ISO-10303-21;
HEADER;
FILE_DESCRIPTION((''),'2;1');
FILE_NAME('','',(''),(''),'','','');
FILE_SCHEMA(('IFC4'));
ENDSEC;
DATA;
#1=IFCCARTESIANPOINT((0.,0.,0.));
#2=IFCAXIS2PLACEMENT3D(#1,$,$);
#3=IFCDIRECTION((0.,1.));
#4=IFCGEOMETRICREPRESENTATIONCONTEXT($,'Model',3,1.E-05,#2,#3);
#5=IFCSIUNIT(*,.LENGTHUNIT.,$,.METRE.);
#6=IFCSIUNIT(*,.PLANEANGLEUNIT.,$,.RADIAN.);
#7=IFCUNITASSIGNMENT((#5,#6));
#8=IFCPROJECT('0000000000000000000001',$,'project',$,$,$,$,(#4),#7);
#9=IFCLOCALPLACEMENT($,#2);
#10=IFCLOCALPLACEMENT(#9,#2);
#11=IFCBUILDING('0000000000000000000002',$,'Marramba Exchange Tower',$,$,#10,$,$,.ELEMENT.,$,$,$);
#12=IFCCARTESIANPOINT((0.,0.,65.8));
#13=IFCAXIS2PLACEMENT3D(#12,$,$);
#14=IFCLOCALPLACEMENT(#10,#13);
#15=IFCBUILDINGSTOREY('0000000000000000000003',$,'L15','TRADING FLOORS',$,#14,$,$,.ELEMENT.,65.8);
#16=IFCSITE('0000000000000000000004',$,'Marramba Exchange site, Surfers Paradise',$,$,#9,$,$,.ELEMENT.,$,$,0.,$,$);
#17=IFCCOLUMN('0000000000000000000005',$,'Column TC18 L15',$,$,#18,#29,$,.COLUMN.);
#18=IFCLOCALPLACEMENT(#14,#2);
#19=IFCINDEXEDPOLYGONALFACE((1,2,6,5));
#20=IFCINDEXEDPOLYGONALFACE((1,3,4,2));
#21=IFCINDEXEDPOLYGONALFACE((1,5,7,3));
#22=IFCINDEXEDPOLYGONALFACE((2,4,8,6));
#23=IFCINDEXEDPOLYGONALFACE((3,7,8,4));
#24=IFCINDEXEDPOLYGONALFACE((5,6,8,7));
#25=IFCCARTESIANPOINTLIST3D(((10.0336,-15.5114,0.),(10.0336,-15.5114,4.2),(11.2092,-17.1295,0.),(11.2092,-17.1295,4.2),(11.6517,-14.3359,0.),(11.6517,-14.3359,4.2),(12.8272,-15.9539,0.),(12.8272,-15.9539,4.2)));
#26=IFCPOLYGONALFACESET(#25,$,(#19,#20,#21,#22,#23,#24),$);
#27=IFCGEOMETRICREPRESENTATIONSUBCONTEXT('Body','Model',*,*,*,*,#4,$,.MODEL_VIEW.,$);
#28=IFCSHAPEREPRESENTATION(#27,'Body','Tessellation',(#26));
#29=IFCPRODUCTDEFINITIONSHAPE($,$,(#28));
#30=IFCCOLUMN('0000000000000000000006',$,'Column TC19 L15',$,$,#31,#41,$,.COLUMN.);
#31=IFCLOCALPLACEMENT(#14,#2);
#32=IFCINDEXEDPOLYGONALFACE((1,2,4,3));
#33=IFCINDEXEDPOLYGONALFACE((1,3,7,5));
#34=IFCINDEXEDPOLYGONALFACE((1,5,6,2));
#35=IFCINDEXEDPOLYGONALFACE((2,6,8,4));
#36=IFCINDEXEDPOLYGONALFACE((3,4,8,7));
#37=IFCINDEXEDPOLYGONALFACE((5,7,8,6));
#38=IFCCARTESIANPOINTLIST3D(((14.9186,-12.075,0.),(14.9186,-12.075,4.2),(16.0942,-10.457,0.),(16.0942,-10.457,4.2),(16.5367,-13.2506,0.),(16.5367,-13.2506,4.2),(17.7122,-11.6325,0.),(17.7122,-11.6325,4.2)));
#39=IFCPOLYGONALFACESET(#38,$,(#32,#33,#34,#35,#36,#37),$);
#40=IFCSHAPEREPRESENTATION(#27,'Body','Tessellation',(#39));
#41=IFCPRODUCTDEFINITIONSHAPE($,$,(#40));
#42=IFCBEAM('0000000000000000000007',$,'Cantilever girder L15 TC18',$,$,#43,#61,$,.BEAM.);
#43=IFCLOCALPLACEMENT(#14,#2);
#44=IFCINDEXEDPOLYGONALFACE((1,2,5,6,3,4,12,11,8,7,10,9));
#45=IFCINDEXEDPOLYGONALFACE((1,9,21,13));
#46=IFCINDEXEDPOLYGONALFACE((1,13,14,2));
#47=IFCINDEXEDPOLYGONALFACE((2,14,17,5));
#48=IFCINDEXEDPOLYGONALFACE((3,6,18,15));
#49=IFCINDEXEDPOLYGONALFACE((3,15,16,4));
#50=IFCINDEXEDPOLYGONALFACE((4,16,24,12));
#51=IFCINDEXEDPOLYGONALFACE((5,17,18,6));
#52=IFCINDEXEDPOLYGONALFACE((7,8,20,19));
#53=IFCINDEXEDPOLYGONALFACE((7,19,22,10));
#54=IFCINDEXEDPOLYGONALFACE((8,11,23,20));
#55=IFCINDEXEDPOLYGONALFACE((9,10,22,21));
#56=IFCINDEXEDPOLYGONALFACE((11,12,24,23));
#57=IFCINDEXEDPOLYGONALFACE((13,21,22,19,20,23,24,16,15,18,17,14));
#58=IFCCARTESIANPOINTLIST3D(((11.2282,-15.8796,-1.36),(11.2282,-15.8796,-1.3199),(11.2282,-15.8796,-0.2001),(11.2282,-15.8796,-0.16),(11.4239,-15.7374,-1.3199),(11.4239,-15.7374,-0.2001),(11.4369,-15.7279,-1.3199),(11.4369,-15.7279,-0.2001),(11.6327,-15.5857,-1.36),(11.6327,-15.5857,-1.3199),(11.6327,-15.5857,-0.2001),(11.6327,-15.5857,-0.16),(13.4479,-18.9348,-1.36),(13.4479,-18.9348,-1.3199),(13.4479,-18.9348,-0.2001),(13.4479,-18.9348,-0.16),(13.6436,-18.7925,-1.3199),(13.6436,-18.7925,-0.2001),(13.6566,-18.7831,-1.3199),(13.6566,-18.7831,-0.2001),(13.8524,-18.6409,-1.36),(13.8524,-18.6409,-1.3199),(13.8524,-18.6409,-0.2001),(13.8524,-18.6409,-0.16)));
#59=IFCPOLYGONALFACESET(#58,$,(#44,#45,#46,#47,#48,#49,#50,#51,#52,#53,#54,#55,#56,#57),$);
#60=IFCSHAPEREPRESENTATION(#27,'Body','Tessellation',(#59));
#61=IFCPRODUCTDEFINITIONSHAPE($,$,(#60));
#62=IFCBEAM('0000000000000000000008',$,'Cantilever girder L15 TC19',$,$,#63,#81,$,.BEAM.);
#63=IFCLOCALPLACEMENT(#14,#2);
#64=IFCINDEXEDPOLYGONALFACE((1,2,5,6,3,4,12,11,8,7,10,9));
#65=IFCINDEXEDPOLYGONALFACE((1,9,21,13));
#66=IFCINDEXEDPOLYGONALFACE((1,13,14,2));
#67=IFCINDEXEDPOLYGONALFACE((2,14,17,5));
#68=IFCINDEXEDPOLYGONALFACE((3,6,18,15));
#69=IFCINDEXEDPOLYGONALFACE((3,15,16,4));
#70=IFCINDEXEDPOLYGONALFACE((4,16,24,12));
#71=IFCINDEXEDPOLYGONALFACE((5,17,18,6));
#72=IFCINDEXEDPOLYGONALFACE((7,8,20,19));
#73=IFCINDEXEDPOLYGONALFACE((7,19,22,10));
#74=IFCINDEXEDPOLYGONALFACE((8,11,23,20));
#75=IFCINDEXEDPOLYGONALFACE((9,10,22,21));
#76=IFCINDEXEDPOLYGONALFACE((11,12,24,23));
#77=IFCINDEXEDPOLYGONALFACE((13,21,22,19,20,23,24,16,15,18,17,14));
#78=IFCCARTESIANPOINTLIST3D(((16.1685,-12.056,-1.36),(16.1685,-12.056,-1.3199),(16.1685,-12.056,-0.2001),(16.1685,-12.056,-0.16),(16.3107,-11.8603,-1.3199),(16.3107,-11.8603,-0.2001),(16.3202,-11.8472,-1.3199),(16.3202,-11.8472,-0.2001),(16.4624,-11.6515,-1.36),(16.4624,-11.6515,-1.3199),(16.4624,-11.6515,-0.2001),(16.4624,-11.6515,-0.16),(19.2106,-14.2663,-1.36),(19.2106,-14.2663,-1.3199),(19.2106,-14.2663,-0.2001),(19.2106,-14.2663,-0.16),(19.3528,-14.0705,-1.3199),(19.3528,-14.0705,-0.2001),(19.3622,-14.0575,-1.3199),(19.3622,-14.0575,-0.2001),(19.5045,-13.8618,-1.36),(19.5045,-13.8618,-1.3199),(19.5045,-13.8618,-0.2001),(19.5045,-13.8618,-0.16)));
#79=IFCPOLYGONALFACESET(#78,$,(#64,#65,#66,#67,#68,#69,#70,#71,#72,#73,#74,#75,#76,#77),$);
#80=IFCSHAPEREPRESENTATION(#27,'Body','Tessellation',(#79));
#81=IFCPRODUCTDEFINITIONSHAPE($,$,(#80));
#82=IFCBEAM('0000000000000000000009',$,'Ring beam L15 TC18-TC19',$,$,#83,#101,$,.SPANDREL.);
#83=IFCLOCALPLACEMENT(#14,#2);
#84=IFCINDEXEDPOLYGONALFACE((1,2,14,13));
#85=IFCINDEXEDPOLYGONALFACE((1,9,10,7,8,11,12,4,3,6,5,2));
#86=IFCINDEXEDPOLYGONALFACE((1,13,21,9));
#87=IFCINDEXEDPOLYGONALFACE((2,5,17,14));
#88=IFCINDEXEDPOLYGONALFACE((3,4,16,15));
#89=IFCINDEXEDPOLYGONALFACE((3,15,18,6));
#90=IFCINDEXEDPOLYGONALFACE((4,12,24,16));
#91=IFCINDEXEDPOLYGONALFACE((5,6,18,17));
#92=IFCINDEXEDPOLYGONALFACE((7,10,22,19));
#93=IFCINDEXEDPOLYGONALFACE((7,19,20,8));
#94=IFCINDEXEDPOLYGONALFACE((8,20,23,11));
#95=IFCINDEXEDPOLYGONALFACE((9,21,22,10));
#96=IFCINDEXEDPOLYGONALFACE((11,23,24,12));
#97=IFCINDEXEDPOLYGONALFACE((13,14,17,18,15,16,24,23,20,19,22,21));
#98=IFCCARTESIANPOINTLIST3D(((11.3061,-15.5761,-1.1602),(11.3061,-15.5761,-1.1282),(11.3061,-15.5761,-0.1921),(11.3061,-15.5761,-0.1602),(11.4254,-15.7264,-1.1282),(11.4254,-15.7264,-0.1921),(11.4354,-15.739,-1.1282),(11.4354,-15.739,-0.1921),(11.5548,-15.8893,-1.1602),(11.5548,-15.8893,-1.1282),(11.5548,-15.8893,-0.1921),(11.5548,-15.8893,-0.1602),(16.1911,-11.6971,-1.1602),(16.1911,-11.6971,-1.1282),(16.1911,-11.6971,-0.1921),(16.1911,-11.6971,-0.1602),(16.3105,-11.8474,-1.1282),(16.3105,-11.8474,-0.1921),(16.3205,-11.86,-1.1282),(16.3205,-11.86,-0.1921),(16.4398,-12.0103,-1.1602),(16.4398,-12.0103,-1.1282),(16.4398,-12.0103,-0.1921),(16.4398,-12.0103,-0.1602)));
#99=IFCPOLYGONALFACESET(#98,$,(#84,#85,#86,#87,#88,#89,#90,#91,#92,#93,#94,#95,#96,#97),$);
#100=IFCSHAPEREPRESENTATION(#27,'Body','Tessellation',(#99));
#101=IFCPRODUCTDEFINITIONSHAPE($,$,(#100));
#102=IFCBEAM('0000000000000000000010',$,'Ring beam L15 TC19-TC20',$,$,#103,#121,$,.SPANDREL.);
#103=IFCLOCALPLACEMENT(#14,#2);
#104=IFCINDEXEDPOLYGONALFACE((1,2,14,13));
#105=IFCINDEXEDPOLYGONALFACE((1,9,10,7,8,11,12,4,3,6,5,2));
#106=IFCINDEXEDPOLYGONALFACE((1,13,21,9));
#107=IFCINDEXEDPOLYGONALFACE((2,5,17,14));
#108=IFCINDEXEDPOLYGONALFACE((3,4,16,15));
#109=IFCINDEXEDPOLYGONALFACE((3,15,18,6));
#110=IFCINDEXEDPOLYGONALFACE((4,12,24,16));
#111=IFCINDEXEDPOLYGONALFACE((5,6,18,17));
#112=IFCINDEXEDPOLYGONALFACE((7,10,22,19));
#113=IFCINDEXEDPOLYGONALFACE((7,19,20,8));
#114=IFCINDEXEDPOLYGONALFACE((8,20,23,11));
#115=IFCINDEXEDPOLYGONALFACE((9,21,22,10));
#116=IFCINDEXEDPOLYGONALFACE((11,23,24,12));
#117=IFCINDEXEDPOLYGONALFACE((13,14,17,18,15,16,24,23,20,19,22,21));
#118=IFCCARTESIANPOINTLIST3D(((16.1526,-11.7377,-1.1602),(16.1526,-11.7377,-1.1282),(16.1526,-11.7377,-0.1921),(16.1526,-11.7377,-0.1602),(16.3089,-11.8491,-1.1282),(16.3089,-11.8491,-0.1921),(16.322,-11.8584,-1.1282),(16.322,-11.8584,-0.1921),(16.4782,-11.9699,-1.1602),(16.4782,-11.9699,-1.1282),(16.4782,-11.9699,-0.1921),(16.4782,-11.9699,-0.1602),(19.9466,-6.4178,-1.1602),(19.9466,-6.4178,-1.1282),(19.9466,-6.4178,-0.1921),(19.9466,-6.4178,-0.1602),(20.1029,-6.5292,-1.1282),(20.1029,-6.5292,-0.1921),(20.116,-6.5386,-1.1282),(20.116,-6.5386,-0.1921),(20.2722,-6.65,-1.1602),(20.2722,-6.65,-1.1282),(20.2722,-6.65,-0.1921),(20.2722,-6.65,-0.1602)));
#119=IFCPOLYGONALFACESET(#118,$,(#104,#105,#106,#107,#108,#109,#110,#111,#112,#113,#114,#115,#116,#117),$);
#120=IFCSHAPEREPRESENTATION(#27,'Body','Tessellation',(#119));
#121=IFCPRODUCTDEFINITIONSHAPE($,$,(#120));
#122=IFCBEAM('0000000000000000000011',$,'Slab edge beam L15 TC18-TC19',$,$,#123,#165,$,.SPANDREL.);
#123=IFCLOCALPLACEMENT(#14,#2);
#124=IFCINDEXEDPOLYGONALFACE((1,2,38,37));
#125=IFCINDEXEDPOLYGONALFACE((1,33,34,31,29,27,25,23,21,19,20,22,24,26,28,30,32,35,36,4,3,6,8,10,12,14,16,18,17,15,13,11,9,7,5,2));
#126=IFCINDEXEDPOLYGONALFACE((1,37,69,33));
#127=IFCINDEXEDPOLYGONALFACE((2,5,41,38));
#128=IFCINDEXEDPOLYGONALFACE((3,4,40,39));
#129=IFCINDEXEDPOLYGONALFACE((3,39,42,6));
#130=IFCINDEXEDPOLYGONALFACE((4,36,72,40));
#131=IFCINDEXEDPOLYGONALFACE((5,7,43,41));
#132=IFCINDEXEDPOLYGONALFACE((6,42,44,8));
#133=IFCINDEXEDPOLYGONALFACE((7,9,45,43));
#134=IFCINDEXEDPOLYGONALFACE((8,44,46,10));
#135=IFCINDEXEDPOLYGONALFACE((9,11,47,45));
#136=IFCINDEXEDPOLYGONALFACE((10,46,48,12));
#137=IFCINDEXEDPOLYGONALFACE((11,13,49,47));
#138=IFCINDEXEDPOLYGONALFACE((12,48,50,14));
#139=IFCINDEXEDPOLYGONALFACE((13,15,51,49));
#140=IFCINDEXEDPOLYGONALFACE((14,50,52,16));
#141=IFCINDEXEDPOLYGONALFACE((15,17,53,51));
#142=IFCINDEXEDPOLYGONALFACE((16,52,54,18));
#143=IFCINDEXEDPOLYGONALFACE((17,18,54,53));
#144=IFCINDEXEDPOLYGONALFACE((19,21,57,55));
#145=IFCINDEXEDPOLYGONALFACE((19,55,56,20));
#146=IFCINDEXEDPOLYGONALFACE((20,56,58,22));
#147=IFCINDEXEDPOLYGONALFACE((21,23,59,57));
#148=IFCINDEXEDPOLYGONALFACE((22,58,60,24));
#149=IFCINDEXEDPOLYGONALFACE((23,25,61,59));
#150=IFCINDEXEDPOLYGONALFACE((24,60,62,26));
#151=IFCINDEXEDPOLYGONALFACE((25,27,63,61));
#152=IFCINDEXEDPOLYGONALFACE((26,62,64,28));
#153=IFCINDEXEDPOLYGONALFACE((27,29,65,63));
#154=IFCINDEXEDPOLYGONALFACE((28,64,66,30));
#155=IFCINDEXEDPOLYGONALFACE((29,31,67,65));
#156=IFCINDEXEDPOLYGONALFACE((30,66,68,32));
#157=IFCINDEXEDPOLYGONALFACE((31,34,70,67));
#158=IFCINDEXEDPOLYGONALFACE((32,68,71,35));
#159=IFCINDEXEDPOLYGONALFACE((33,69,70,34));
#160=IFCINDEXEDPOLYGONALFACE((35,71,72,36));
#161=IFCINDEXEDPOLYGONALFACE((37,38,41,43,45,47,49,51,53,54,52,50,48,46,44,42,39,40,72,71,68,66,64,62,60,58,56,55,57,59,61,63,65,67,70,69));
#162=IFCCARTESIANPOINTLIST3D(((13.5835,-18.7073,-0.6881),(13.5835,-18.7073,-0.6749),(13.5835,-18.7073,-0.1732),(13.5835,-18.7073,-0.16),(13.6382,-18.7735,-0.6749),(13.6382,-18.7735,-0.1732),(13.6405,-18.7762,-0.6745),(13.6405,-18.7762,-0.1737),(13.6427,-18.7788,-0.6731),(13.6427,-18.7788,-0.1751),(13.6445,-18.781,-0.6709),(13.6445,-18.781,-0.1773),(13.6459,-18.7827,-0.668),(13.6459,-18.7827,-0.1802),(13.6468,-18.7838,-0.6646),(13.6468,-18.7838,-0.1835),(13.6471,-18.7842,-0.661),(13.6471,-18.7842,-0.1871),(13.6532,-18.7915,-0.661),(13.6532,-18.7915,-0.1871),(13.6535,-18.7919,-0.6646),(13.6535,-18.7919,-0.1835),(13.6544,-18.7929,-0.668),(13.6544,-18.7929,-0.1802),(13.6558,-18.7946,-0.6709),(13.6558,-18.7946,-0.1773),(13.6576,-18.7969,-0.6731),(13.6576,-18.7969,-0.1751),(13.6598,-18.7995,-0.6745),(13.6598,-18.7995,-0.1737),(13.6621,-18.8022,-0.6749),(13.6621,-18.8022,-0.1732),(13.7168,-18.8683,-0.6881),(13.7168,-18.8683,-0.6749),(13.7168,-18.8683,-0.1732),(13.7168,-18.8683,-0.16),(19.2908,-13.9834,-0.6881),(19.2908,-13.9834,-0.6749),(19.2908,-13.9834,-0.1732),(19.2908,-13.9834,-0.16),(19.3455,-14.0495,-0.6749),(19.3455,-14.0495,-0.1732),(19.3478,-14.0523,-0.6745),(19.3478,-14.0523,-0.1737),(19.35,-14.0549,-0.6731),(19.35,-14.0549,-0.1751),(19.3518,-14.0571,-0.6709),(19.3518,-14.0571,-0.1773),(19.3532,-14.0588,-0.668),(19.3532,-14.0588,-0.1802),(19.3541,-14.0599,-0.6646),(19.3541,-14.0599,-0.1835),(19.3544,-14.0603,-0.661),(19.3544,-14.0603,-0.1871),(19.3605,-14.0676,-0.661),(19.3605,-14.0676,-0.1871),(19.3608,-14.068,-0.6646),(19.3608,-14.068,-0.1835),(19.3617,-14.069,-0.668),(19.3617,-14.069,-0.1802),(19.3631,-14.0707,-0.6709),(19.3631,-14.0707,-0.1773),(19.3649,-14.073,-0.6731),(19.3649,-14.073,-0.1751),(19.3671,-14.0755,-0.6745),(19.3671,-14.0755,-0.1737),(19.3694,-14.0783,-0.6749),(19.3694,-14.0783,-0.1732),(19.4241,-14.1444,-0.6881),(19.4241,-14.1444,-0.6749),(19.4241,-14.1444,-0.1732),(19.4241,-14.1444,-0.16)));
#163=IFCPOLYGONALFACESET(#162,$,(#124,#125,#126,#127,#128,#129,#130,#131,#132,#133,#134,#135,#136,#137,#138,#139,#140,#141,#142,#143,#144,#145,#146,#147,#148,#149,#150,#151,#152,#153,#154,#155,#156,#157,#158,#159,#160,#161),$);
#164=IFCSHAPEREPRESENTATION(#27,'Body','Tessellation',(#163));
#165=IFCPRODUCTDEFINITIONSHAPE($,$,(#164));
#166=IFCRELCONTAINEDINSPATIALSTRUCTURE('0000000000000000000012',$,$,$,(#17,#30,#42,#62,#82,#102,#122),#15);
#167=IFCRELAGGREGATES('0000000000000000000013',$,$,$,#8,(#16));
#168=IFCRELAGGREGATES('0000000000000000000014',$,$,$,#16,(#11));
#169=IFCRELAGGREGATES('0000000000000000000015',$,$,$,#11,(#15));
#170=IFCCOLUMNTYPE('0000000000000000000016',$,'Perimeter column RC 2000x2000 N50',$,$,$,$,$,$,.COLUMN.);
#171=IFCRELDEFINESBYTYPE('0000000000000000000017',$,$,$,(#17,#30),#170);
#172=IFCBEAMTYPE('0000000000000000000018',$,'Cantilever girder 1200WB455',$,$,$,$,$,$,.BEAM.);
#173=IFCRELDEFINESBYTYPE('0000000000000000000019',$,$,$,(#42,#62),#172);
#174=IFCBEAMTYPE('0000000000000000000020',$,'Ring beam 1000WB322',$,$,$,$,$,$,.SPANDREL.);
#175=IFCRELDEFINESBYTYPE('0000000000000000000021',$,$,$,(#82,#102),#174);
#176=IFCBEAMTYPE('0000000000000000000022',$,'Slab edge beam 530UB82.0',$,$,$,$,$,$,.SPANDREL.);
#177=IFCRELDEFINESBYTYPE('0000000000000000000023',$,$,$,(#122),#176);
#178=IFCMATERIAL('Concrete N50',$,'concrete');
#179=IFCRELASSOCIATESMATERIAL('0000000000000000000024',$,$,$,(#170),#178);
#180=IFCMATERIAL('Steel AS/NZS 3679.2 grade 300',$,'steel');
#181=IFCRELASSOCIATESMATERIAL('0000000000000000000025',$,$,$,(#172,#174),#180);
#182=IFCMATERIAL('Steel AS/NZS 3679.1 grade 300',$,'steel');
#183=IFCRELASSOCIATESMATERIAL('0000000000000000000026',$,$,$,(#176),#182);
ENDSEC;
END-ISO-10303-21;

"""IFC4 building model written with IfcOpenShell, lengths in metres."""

from ifc_helpers import new_model, si_unit, direction, frame, origin, origin_2d, place, context, subcontext, project, spatial, rectangle, i_section, extrude, material, material_profile, profile_set, type_object, element, save


model = new_model("IFC4")

# Units and contexts
model_context = context("Model", 3, precision=1e-05, world=origin(), true_north=direction((0.0, 1.0)))
body_context = subcontext(model_context, "Body", "Model", "MODEL_VIEW")
ifc_project = project(units=[si_unit("LENGTHUNIT", "METRE"), si_unit("PLANEANGLEUNIT", "RADIAN")], contexts=[model_context])

# Site, building, storey
site_placement = place(None, origin())
site = spatial("IfcSite", under=ifc_project, at=site_placement, Name="Marramba Exchange site, Surfers Paradise", CompositionType="ELEMENT", RefElevation=0.0)
building_placement = place(site_placement, origin())
building = spatial("IfcBuilding", under=site, at=building_placement, Name="Marramba Exchange Tower", CompositionType="ELEMENT")
storey_placement = place(building_placement, frame((0.0, 0.0, 65.8)))
storey = spatial("IfcBuildingStorey", under=building, at=storey_placement, Name="L15", Description="TRADING FLOORS", CompositionType="ELEMENT", Elevation=65.8)

# Columns
ifc_material_1 = material(Name="Concrete N50", Category="concrete")
ifc_material_profile_1 = material_profile(ifc_material_1, rectangle(XDim=2.0, YDim=2.0, at=origin_2d()), Name="RC 2000x2000")
ifc_profile_set_1 = profile_set([ifc_material_profile_1], Name="Concrete N50")
column_type = type_object("IfcColumnType", Name="Perimeter column RC 2000x2000 N50", PredefinedType="COLUMN", material=ifc_profile_set_1)
for number, where, z_axis, x_axis, name in (
    (1, (11.4304, -15.7327, 0.0), (0.0, 0.0, 1.0), (0.587785, -0.809017, 0.0), "Column TC18 L15"),
    (2, (16.3154, -11.8538, 0.0), (0.0, 0.0, 1.0), (0.809017, -0.587785, 0.0), "Column TC19 L15"),
):
    element("IfcColumn", number, at=place(storey_placement, frame(where, z_axis=z_axis, x_axis=x_axis)), inside=storey, type_object=column_type, Name=name, PredefinedType="COLUMN", context=body_context, shape_type="SweptSolid", body=[
        extrude(rectangle(XDim=2.0, YDim=2.0, at=origin_2d()), origin(), (0.0, 0.0, 1.0), 4.2),
    ])

# Beams
ifc_material_2 = material(Name="Steel AS/NZS 3679.2 grade 300", Category="steel")
ifc_material_profile_2 = material_profile(ifc_material_2, i_section(OverallWidth=0.5, OverallDepth=1.2, WebThickness=0.0161, FlangeThickness=0.04, at=origin_2d()), Name="1200WB455")
ifc_profile_set_2 = profile_set([ifc_material_profile_2], Name="Steel AS/NZS 3679.2 grade 300")
beam_type_1 = type_object("IfcBeamType", Name="Cantilever girder 1200WB455", PredefinedType="BEAM", material=ifc_profile_set_2)
beam_1_placement = place(storey_placement, frame((11.4304, -15.7327, -0.76), z_axis=(0.587787, -0.809016, 0.0), x_axis=(0.809016, 0.587787, 0.0)))
element("IfcBeam", 3, at=beam_1_placement, inside=storey, type_object=beam_type_1, Name="Cantilever girder L15 TC18", PredefinedType="BEAM", context=body_context, shape_type="SweptSolid", body=[
    extrude(i_section(OverallWidth=0.5, OverallDepth=1.2, WebThickness=0.0161, FlangeThickness=0.04, at=origin_2d()), origin(), (0.0, 0.0, 1.0), 3.7764),
])
beam_2_placement = place(storey_placement, frame((16.3154, -11.8538, -0.76), z_axis=(0.809008, -0.587797, 0.0), x_axis=(0.587797, 0.809008, 0.0)))
element("IfcBeam", 4, at=beam_2_placement, inside=storey, type_object=beam_type_1, Name="Cantilever girder L15 TC19", PredefinedType="BEAM", context=body_context, shape_type="SweptSolid", body=[
    extrude(i_section(OverallWidth=0.5, OverallDepth=1.2, WebThickness=0.0161, FlangeThickness=0.04, at=origin_2d()), origin(), (0.0, 0.0, 1.0), 3.7603),
])
ifc_material_profile_3 = material_profile(ifc_material_2, i_section(OverallWidth=0.3999, OverallDepth=1.0, WebThickness=0.0161, FlangeThickness=0.032, at=origin_2d()), Name="1000WB322")
ifc_profile_set_3 = profile_set([ifc_material_profile_3], Name="Steel AS/NZS 3679.2 grade 300")
beam_type_2 = type_object("IfcBeamType", Name="Ring beam 1000WB322", PredefinedType="SPANDREL", material=ifc_profile_set_3)
beam_3_placement = place(storey_placement, frame((11.4304, -15.7327, -0.6602), z_axis=(0.783139, 0.621846, 0.0), x_axis=(-0.621846, 0.783139, 0.0)))
element("IfcBeam", 5, at=beam_3_placement, inside=storey, type_object=beam_type_2, Name="Ring beam L15 TC18-TC19", PredefinedType="SPANDREL", context=body_context, shape_type="SweptSolid", body=[
    extrude(i_section(OverallWidth=0.3999, OverallDepth=1.0, WebThickness=0.0161, FlangeThickness=0.032, at=origin_2d()), origin(), (0.0, 0.0, 1.0), 6.2378),
])
beam_4_placement = place(storey_placement, frame((16.3154, -11.8538, -0.6602), z_axis=(0.580637, 0.814162, 0.0), x_axis=(-0.814162, 0.580637, 0.0)))
element("IfcBeam", 6, at=beam_4_placement, inside=storey, type_object=beam_type_2, Name="Ring beam L15 TC19-TC20", PredefinedType="SPANDREL", context=body_context, shape_type="SweptSolid", body=[
    extrude(i_section(OverallWidth=0.3999, OverallDepth=1.0, WebThickness=0.0161, FlangeThickness=0.032, at=origin_2d()), origin(), (0.0, 0.0, 1.0), 6.5342),
])
ifc_material_3 = material(Name="Steel AS/NZS 3679.1 grade 300", Category="steel")
ifc_material_profile_4 = material_profile(ifc_material_3, i_section(OverallWidth=0.209, OverallDepth=0.5281, WebThickness=0.0095, FlangeThickness=0.0132, FilletRadius=0.0139, at=origin_2d()), Name="530UB82.0")
ifc_profile_set_4 = profile_set([ifc_material_profile_4], Name="Steel AS/NZS 3679.1 grade 300")
beam_type_3 = type_object("IfcBeamType", Name="Slab edge beam 530UB82.0", PredefinedType="SPANDREL", material=ifc_profile_set_4)
beam_5_placement = place(storey_placement, frame((13.6501, -18.7878, -0.4241), z_axis=(0.770354, 0.637617, 0.0), x_axis=(-0.637617, 0.770354, 0.0)))
element("IfcBeam", 7, at=beam_5_placement, inside=storey, type_object=beam_type_3, Name="Slab edge beam L15 TC18-TC19", PredefinedType="SPANDREL", context=body_context, shape_type="SweptSolid", body=[
    extrude(i_section(OverallWidth=0.209, OverallDepth=0.5281, WebThickness=0.0095, FlangeThickness=0.0132, FilletRadius=0.0139, at=origin_2d()), origin(), (0.0, 0.0, 1.0), 7.4087),
])

save(model, "model.ifc")
